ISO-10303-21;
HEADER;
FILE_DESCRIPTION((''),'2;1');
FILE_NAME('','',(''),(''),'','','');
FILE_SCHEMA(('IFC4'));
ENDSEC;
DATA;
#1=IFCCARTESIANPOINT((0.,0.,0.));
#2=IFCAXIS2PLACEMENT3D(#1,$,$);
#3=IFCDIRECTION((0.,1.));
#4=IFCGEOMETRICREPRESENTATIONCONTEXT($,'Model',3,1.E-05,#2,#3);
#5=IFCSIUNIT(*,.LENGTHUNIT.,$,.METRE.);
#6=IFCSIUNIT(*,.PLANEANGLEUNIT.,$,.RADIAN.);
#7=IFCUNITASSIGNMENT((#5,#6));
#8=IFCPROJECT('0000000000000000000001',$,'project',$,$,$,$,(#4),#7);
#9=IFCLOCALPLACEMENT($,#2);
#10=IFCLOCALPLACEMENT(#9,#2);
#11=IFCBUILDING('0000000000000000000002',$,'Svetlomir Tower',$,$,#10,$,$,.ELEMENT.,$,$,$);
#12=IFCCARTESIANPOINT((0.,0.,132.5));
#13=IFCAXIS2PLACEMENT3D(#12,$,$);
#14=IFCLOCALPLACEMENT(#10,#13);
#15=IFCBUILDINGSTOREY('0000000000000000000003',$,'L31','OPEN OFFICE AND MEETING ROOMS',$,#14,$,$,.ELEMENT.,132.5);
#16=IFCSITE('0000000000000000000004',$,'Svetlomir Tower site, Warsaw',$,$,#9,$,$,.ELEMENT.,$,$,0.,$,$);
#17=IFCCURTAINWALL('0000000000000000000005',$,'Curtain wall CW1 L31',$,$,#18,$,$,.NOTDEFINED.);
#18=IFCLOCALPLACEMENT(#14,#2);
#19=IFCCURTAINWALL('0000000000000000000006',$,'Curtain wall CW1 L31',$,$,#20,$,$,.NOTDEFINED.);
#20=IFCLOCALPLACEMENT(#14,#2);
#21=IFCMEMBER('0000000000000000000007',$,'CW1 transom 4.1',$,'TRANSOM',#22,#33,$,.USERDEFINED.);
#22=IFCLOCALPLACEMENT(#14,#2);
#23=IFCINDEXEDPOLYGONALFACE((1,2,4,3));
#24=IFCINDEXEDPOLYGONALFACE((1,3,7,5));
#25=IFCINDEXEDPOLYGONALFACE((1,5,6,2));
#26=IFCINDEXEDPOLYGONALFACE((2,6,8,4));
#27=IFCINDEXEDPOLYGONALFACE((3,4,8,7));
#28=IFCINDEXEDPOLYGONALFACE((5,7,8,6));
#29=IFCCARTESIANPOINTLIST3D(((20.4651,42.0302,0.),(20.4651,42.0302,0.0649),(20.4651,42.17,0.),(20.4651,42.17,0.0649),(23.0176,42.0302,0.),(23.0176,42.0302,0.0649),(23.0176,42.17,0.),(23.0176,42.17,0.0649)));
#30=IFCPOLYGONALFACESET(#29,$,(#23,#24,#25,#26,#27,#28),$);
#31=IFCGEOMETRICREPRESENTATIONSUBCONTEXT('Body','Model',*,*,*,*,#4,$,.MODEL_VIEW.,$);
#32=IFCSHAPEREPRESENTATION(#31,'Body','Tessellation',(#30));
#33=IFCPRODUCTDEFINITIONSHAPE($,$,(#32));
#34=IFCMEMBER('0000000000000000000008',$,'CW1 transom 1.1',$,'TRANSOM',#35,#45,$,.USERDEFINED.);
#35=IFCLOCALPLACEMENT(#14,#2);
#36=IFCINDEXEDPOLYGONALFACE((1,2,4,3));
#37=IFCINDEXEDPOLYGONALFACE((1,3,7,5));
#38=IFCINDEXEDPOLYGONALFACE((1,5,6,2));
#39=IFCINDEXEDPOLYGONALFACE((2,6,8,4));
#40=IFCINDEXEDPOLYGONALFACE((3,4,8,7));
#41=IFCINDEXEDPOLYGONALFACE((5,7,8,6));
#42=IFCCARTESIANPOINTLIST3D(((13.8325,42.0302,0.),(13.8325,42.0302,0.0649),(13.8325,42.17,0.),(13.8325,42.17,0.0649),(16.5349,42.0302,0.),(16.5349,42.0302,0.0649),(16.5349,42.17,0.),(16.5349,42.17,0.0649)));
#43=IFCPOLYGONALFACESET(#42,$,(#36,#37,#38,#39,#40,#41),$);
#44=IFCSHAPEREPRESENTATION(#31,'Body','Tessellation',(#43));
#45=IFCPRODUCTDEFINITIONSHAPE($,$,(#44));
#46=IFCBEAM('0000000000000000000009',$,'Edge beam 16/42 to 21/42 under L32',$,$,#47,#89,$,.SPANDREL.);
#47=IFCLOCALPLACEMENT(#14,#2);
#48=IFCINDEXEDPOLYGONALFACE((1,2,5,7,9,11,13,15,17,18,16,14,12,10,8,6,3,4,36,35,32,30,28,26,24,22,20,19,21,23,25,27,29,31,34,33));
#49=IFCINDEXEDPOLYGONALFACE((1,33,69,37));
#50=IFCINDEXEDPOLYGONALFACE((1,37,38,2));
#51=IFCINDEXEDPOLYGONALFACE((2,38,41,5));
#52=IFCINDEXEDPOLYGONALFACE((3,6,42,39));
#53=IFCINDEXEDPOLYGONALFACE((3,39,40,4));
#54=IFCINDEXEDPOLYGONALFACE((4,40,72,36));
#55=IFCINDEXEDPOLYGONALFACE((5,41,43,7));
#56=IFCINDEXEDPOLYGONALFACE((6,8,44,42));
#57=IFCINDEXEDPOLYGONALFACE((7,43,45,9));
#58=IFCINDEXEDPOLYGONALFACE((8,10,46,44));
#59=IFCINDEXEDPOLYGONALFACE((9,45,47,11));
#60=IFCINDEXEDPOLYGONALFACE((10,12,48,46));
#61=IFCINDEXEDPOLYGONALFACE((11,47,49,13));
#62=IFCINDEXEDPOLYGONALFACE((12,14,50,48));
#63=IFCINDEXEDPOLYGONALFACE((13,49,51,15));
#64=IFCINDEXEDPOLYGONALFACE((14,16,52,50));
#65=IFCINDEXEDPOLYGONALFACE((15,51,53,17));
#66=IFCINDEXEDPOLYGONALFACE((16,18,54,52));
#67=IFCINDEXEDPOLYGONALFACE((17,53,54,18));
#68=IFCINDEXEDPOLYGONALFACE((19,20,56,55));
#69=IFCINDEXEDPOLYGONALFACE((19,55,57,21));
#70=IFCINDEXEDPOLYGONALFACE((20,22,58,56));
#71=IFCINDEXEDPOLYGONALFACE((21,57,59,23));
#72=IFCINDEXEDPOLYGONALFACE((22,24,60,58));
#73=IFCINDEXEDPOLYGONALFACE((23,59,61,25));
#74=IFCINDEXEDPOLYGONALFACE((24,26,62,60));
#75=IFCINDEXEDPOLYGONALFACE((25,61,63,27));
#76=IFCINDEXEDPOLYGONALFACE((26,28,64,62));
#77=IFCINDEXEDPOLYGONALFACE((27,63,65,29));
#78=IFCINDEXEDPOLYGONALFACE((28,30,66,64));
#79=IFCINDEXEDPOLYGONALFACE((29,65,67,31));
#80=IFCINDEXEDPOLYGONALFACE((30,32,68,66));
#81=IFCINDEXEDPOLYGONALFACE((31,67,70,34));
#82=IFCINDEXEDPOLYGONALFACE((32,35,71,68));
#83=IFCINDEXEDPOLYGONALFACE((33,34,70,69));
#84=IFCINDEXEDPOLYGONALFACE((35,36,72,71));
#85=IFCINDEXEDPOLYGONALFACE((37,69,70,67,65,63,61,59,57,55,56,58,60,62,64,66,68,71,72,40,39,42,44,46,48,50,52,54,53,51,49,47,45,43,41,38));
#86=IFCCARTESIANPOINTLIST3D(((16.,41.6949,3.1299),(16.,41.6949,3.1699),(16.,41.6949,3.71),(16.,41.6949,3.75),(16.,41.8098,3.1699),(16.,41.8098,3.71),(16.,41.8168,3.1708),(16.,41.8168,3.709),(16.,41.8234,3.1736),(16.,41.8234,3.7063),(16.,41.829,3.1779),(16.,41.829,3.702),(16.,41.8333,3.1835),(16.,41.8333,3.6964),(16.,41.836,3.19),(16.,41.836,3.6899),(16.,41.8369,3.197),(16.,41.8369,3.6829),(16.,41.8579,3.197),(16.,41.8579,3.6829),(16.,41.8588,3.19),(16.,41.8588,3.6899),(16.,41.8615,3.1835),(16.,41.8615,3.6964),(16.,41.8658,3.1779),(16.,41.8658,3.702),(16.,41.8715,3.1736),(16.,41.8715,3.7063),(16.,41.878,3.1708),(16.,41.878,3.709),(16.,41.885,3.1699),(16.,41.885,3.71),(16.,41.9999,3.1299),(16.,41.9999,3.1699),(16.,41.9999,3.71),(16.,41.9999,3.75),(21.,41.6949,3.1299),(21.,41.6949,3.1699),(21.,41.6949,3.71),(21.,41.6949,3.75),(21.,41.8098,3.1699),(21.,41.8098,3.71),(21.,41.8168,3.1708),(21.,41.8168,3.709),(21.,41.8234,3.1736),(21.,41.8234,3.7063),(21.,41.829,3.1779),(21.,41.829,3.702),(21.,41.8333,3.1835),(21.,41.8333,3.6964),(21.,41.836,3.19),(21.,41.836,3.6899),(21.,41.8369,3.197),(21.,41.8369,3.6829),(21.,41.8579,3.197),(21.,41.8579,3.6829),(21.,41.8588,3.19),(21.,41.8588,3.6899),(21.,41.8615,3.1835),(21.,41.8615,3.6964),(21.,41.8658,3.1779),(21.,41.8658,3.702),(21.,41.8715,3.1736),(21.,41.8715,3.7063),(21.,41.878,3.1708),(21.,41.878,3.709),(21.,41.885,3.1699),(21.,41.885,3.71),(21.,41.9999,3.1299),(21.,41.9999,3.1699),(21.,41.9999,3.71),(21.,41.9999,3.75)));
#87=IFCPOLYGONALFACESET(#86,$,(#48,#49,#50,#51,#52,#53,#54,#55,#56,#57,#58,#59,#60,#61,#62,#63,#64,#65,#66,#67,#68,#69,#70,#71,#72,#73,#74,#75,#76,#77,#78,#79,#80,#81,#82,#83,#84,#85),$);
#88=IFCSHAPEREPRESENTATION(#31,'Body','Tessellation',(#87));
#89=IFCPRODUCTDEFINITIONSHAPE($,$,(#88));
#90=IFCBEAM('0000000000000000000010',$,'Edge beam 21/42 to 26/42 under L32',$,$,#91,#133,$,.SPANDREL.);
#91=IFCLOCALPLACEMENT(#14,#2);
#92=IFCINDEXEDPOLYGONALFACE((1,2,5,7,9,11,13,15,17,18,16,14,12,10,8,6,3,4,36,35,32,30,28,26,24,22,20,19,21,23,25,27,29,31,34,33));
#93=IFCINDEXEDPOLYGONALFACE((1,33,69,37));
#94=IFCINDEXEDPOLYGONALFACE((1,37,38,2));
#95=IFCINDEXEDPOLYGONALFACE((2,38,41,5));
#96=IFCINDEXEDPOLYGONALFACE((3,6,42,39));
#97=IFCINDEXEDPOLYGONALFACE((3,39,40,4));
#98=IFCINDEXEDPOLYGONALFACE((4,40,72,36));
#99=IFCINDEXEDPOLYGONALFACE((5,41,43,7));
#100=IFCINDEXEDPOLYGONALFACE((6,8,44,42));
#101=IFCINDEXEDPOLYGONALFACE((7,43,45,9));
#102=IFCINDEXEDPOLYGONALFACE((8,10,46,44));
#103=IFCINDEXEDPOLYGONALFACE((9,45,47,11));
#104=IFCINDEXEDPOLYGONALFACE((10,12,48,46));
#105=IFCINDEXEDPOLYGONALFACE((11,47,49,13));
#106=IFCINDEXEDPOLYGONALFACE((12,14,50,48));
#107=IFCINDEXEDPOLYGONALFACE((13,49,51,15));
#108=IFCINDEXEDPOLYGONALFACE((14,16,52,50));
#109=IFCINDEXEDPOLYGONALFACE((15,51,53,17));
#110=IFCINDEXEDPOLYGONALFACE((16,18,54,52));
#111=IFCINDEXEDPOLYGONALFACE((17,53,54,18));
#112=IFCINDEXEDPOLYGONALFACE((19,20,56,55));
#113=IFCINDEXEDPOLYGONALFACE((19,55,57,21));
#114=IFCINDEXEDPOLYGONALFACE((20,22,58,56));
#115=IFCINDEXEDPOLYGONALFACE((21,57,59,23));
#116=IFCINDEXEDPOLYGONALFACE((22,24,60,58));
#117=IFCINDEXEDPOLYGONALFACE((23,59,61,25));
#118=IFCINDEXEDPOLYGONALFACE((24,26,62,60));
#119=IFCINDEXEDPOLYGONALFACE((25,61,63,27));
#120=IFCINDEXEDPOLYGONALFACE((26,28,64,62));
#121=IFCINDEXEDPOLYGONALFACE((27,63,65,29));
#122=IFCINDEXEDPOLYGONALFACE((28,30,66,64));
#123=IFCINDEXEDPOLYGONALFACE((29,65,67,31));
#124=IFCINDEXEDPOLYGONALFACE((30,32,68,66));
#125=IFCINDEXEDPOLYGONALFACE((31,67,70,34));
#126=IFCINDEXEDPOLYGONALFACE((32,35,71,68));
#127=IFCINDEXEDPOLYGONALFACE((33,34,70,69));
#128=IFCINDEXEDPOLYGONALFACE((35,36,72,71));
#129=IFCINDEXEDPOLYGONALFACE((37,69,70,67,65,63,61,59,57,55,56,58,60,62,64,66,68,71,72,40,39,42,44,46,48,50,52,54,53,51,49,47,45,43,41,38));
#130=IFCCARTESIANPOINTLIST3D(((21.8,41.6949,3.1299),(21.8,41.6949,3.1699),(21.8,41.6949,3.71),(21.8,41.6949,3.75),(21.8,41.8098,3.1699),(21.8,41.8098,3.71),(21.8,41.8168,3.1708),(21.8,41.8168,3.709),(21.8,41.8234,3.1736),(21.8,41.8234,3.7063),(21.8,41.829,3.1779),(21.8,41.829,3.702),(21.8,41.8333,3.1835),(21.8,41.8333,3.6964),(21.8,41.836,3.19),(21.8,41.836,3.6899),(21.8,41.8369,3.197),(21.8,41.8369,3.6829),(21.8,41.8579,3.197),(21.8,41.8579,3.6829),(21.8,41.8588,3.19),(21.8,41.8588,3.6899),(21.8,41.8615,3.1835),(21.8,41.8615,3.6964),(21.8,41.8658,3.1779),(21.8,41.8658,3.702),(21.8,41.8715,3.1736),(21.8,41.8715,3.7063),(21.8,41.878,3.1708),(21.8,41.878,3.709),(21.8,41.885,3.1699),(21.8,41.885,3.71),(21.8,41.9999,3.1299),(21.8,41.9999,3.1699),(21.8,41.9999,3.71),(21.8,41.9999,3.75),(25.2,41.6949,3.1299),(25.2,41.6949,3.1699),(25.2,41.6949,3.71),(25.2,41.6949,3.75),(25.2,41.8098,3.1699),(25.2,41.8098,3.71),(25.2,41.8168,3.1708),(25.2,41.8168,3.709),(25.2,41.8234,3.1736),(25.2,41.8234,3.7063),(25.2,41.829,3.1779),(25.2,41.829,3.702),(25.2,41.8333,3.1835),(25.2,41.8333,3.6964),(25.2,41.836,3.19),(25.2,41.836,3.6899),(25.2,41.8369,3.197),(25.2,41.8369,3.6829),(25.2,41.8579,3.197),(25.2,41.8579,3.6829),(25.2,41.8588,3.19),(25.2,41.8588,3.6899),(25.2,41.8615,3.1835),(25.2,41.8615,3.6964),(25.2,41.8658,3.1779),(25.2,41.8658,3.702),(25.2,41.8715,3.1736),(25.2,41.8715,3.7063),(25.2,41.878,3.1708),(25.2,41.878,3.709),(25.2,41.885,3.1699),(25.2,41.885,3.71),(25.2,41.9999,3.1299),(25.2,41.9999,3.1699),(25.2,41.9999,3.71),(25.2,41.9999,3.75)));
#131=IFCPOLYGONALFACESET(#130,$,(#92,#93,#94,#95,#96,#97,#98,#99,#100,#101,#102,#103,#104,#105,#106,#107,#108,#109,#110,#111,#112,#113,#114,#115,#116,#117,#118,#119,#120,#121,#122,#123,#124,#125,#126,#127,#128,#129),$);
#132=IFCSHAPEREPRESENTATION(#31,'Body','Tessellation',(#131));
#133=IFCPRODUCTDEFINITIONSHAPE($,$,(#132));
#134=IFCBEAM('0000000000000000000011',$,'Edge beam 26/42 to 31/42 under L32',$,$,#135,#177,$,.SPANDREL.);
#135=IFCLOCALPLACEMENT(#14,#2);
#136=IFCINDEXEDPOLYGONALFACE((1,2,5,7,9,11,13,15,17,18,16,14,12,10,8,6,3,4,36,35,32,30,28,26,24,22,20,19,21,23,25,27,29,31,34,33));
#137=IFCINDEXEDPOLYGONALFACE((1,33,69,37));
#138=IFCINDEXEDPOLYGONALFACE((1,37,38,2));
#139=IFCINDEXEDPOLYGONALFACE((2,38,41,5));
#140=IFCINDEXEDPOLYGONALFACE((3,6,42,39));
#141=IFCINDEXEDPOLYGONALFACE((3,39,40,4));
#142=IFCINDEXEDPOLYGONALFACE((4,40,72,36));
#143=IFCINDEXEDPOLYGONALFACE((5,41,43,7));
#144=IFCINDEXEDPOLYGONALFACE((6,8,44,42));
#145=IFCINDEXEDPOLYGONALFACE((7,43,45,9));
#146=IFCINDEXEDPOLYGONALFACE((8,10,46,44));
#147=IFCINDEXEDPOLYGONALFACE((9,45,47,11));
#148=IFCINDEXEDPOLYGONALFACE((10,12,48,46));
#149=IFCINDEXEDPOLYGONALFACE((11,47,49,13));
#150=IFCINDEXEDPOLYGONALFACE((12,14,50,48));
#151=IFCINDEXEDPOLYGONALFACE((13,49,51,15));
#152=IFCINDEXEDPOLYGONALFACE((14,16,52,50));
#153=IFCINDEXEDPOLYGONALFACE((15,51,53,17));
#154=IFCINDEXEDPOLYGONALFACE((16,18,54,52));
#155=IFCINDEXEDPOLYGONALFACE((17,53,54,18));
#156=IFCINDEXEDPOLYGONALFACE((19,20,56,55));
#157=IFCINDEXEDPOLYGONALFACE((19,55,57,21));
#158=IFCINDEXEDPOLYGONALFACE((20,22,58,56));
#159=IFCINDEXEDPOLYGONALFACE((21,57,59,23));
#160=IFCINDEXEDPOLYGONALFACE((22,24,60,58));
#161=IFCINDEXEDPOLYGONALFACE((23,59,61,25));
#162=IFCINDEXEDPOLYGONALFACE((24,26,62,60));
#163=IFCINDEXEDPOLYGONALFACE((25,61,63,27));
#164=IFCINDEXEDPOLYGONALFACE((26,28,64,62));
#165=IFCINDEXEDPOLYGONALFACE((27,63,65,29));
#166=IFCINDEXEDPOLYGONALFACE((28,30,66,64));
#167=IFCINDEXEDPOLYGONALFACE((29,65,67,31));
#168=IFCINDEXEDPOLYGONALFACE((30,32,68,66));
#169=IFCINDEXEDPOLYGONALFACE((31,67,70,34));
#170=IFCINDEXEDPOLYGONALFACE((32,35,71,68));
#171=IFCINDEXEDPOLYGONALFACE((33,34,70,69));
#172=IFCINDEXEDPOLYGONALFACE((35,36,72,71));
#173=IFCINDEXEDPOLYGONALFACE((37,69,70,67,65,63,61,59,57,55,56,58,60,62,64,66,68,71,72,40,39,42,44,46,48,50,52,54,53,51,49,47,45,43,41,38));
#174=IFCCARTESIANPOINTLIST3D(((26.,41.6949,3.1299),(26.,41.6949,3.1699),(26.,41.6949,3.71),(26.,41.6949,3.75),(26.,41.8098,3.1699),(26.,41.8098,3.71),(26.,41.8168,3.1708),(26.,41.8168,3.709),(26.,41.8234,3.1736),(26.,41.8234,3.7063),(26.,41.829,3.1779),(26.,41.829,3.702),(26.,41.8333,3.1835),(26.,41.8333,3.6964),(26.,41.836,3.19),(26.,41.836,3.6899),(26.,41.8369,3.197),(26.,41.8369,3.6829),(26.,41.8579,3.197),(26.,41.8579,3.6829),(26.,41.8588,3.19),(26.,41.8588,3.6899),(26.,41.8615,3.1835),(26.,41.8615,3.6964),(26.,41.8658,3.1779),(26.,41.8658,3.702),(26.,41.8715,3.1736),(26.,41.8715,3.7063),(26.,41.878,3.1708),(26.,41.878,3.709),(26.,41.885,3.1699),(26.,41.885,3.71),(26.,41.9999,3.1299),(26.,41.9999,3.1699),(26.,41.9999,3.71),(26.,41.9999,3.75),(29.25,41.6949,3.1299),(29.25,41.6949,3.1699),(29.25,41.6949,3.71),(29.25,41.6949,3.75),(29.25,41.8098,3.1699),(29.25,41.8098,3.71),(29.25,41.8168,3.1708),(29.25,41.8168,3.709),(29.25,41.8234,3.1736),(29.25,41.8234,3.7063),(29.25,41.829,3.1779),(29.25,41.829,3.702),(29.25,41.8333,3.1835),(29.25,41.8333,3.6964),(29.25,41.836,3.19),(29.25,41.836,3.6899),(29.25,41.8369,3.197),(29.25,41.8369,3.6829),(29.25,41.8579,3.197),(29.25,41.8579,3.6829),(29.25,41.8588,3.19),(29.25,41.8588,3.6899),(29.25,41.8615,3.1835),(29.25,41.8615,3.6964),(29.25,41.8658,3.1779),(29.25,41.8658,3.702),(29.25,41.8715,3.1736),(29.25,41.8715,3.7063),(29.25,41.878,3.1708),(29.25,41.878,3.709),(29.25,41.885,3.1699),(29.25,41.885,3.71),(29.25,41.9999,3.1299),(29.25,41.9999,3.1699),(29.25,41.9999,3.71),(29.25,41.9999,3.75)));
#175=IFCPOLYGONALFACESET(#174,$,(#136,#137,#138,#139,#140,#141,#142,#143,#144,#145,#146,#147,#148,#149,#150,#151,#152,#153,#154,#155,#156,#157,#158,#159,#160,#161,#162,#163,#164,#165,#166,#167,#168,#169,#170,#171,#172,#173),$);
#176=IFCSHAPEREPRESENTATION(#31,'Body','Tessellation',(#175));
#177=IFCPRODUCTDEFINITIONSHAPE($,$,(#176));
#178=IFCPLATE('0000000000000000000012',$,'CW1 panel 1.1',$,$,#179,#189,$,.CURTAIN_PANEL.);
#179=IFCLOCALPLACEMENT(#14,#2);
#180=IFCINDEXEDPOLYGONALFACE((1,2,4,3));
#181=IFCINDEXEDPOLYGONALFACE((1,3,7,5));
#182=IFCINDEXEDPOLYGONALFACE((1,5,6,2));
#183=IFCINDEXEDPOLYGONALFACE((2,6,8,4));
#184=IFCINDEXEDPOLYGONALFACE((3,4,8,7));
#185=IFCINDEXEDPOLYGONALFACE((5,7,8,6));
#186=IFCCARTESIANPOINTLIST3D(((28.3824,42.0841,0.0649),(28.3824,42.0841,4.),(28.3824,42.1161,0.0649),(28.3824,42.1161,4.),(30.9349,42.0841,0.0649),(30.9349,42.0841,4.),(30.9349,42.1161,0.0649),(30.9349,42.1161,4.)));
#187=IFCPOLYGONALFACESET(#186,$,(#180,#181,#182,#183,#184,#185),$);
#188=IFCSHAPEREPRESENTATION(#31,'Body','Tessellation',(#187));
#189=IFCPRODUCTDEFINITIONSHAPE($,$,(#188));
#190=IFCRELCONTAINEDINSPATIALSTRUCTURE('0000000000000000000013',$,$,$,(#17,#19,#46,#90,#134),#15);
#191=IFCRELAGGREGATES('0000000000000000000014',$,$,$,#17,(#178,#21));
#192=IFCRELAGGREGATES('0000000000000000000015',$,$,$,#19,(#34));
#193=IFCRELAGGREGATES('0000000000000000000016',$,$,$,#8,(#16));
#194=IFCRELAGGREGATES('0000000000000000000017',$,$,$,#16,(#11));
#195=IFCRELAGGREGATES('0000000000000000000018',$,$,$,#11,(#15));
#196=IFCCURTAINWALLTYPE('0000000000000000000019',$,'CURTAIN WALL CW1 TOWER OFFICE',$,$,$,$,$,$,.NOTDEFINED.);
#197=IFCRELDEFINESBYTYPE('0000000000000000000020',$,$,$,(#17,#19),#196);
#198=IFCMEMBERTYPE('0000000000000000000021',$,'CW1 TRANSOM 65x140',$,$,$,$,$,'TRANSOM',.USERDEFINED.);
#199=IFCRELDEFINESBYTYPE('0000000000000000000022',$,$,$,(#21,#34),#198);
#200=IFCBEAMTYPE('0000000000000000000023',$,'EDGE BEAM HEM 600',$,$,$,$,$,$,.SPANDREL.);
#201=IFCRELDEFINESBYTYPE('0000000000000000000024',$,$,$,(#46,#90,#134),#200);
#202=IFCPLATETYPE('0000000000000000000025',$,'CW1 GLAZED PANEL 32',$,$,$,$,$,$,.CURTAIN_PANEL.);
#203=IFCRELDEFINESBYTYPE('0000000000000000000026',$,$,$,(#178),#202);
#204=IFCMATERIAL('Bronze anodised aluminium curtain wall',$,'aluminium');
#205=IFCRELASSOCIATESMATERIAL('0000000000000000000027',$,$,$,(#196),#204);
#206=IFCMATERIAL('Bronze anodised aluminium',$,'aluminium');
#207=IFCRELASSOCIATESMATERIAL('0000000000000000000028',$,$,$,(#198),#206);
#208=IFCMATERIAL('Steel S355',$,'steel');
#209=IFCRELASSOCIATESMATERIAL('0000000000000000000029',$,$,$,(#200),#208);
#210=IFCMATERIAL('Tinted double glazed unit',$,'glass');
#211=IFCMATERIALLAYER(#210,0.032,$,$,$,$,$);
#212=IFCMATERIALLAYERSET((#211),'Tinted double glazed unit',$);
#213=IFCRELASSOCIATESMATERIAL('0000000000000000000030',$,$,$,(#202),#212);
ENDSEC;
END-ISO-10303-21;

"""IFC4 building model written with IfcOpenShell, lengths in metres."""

from ifc_helpers import new_model, si_unit, direction, frame, origin, origin_2d, place, context, subcontext, project, spatial, rectangle, i_section, extrude, material, layer, layer_set, material_profile, profile_set, type_object, element, aggregate, save


model = new_model("IFC4")

# Units and contexts
model_context = context("Model", 3, precision=1e-05, world=origin(), true_north=direction((0.0, 1.0)))
body_context = subcontext(model_context, "Body", "Model", "MODEL_VIEW")
ifc_project = project(units=[si_unit("LENGTHUNIT", "METRE"), si_unit("PLANEANGLEUNIT", "RADIAN")], contexts=[model_context])

# Site, building, storey
site_placement = place(None, origin())
site = spatial("IfcSite", under=ifc_project, at=site_placement, Name="Svetlomir Tower site, Warsaw", CompositionType="ELEMENT", RefElevation=0.0)
building_placement = place(site_placement, origin())
building = spatial("IfcBuilding", under=site, at=building_placement, Name="Svetlomir Tower", CompositionType="ELEMENT")
storey_placement = place(building_placement, frame((0.0, 0.0, 132.5)))
storey = spatial("IfcBuildingStorey", under=building, at=storey_placement, Name="L31", Description="OPEN OFFICE AND MEETING ROOMS", CompositionType="ELEMENT", Elevation=132.5)

# Curtain wall
ifc_material_1 = material(Name="Bronze anodised aluminium curtain wall", Category="aluminium")
curtain_wall_type = type_object("IfcCurtainWallType", Name="CURTAIN WALL CW1 TOWER OFFICE", PredefinedType="NOTDEFINED", material=ifc_material_1)
curtain_wall_1_placement = place(storey_placement, origin())
curtain_wall_1 = element("IfcCurtainWall", 1, at=curtain_wall_1_placement, inside=storey, type_object=curtain_wall_type, Name="Curtain wall CW1 L31", PredefinedType="NOTDEFINED")

# Curtain wall
curtain_wall_2_placement = place(storey_placement, origin())
curtain_wall_2 = element("IfcCurtainWall", 2, at=curtain_wall_2_placement, inside=storey, type_object=curtain_wall_type, Name="Curtain wall CW1 L31", PredefinedType="NOTDEFINED")

# Members
ifc_material_2 = material(Name="Bronze anodised aluminium", Category="aluminium")
ifc_material_profile_1 = material_profile(ifc_material_2, rectangle(XDim=0.1399, YDim=0.0649, at=origin_2d()), Name="AL 140x65")
ifc_profile_set_1 = profile_set([ifc_material_profile_1], Name="Bronze anodised aluminium 6063-T6")
member_type_1 = type_object("IfcMemberType", Name="CW1 TRANSOM 65x140", ElementType="TRANSOM", PredefinedType="USERDEFINED", material=ifc_profile_set_1)
member_1_placement = place(storey_placement, frame((23.0176, 42.1001, 0.0325), z_axis=(-1.0, 0.0, 0.0), x_axis=(0.0, -1.0, 0.0)))
member_1 = element("IfcMember", 3, at=member_1_placement, type_object=member_type_1, Name="CW1 transom 4.1", ObjectType="TRANSOM", PredefinedType="USERDEFINED", context=body_context, shape_type="SweptSolid", body=[
    extrude(rectangle(XDim=0.1399, YDim=0.0649, at=origin_2d()), origin(), (0.0, 0.0, 1.0), 2.5525),
])
member_2_placement = place(storey_placement, frame((16.5349, 42.1001, 0.0325), z_axis=(-1.0, 0.0, 0.0), x_axis=(0.0, -1.0, 0.0)))
member_2 = element("IfcMember", 4, at=member_2_placement, type_object=member_type_1, Name="CW1 transom 1.1", ObjectType="TRANSOM", PredefinedType="USERDEFINED", context=body_context, shape_type="SweptSolid", body=[
    extrude(rectangle(XDim=0.1399, YDim=0.0649, at=origin_2d()), origin(), (0.0, 0.0, 1.0), 2.7024),
])

# Beams
ifc_material_3 = material(Name="Steel S355", Category="steel")
ifc_material_profile_2 = material_profile(ifc_material_3, i_section(OverallWidth=0.3049, OverallDepth=0.6201, WebThickness=0.021, FlangeThickness=0.04, FilletRadius=0.0271, at=origin_2d()), Name="HEM 600")
ifc_profile_set_2 = profile_set([ifc_material_profile_2], Name="Steel S355")
beam_type_1 = type_object("IfcBeamType", Name="EDGE BEAM HEM 600", PredefinedType="SPANDREL", material=ifc_profile_set_2)
beam_1_placement = place(storey_placement, frame((16.0, 41.8474, 3.4399), z_axis=(1.0, 0.0, 0.0), x_axis=(0.0, 1.0, 0.0)))
element("IfcBeam", 5, at=beam_1_placement, inside=storey, type_object=beam_type_1, Name="Edge beam 16/42 to 21/42 under L32", PredefinedType="SPANDREL", context=body_context, shape_type="SweptSolid", body=[
    extrude(i_section(OverallWidth=0.3049, OverallDepth=0.6201, WebThickness=0.021, FlangeThickness=0.04, FilletRadius=0.0271, at=origin_2d()), origin(), (0.0, 0.0, 1.0), 5.0),
])
beam_2_placement = place(storey_placement, frame((21.8, 41.8474, 3.4399), z_axis=(1.0, 0.0, 0.0), x_axis=(0.0, 1.0, 0.0)))
element("IfcBeam", 6, at=beam_2_placement, inside=storey, type_object=beam_type_1, Name="Edge beam 21/42 to 26/42 under L32", PredefinedType="SPANDREL", context=body_context, shape_type="SweptSolid", body=[
    extrude(i_section(OverallWidth=0.3049, OverallDepth=0.6201, WebThickness=0.021, FlangeThickness=0.04, FilletRadius=0.0271, at=origin_2d()), origin(), (0.0, 0.0, 1.0), 3.3999),
])
beam_3_placement = place(storey_placement, frame((26.0, 41.8474, 3.4399), z_axis=(1.0, 0.0, 0.0), x_axis=(0.0, 1.0, 0.0)))
element("IfcBeam", 7, at=beam_3_placement, inside=storey, type_object=beam_type_1, Name="Edge beam 26/42 to 31/42 under L32", PredefinedType="SPANDREL", context=body_context, shape_type="SweptSolid", body=[
    extrude(i_section(OverallWidth=0.3049, OverallDepth=0.6201, WebThickness=0.021, FlangeThickness=0.04, FilletRadius=0.0271, at=origin_2d()), origin(), (0.0, 0.0, 1.0), 3.25),
])

# Plate
ifc_material_4 = material(Name="Tinted double glazed unit", Category="glass")
ifc_layer_1 = layer(ifc_material_4, 0.032)
ifc_layer_set_1 = layer_set([ifc_layer_1], Name="Tinted double glazed unit")
plate_type = type_object("IfcPlateType", Name="CW1 GLAZED PANEL 32", PredefinedType="CURTAIN_PANEL", material=ifc_layer_set_1)
plate_1_placement = place(storey_placement, frame((29.6587, 42.1001, 0.0649), z_axis=(0.0, 0.0, 1.0), x_axis=(-1.0, 0.0, 0.0)))
plate_1 = element("IfcPlate", 8, at=plate_1_placement, type_object=plate_type, Name="CW1 panel 1.1", PredefinedType="CURTAIN_PANEL", context=body_context, shape_type="SweptSolid", body=[
    extrude(rectangle(XDim=2.5525, YDim=0.032, at=origin_2d()), origin(), (0.0, 0.0, 1.0), 3.9351),
])
aggregate(curtain_wall_1, [plate_1, member_1])
aggregate(curtain_wall_2, [member_2])

save(model, "model.ifc")
